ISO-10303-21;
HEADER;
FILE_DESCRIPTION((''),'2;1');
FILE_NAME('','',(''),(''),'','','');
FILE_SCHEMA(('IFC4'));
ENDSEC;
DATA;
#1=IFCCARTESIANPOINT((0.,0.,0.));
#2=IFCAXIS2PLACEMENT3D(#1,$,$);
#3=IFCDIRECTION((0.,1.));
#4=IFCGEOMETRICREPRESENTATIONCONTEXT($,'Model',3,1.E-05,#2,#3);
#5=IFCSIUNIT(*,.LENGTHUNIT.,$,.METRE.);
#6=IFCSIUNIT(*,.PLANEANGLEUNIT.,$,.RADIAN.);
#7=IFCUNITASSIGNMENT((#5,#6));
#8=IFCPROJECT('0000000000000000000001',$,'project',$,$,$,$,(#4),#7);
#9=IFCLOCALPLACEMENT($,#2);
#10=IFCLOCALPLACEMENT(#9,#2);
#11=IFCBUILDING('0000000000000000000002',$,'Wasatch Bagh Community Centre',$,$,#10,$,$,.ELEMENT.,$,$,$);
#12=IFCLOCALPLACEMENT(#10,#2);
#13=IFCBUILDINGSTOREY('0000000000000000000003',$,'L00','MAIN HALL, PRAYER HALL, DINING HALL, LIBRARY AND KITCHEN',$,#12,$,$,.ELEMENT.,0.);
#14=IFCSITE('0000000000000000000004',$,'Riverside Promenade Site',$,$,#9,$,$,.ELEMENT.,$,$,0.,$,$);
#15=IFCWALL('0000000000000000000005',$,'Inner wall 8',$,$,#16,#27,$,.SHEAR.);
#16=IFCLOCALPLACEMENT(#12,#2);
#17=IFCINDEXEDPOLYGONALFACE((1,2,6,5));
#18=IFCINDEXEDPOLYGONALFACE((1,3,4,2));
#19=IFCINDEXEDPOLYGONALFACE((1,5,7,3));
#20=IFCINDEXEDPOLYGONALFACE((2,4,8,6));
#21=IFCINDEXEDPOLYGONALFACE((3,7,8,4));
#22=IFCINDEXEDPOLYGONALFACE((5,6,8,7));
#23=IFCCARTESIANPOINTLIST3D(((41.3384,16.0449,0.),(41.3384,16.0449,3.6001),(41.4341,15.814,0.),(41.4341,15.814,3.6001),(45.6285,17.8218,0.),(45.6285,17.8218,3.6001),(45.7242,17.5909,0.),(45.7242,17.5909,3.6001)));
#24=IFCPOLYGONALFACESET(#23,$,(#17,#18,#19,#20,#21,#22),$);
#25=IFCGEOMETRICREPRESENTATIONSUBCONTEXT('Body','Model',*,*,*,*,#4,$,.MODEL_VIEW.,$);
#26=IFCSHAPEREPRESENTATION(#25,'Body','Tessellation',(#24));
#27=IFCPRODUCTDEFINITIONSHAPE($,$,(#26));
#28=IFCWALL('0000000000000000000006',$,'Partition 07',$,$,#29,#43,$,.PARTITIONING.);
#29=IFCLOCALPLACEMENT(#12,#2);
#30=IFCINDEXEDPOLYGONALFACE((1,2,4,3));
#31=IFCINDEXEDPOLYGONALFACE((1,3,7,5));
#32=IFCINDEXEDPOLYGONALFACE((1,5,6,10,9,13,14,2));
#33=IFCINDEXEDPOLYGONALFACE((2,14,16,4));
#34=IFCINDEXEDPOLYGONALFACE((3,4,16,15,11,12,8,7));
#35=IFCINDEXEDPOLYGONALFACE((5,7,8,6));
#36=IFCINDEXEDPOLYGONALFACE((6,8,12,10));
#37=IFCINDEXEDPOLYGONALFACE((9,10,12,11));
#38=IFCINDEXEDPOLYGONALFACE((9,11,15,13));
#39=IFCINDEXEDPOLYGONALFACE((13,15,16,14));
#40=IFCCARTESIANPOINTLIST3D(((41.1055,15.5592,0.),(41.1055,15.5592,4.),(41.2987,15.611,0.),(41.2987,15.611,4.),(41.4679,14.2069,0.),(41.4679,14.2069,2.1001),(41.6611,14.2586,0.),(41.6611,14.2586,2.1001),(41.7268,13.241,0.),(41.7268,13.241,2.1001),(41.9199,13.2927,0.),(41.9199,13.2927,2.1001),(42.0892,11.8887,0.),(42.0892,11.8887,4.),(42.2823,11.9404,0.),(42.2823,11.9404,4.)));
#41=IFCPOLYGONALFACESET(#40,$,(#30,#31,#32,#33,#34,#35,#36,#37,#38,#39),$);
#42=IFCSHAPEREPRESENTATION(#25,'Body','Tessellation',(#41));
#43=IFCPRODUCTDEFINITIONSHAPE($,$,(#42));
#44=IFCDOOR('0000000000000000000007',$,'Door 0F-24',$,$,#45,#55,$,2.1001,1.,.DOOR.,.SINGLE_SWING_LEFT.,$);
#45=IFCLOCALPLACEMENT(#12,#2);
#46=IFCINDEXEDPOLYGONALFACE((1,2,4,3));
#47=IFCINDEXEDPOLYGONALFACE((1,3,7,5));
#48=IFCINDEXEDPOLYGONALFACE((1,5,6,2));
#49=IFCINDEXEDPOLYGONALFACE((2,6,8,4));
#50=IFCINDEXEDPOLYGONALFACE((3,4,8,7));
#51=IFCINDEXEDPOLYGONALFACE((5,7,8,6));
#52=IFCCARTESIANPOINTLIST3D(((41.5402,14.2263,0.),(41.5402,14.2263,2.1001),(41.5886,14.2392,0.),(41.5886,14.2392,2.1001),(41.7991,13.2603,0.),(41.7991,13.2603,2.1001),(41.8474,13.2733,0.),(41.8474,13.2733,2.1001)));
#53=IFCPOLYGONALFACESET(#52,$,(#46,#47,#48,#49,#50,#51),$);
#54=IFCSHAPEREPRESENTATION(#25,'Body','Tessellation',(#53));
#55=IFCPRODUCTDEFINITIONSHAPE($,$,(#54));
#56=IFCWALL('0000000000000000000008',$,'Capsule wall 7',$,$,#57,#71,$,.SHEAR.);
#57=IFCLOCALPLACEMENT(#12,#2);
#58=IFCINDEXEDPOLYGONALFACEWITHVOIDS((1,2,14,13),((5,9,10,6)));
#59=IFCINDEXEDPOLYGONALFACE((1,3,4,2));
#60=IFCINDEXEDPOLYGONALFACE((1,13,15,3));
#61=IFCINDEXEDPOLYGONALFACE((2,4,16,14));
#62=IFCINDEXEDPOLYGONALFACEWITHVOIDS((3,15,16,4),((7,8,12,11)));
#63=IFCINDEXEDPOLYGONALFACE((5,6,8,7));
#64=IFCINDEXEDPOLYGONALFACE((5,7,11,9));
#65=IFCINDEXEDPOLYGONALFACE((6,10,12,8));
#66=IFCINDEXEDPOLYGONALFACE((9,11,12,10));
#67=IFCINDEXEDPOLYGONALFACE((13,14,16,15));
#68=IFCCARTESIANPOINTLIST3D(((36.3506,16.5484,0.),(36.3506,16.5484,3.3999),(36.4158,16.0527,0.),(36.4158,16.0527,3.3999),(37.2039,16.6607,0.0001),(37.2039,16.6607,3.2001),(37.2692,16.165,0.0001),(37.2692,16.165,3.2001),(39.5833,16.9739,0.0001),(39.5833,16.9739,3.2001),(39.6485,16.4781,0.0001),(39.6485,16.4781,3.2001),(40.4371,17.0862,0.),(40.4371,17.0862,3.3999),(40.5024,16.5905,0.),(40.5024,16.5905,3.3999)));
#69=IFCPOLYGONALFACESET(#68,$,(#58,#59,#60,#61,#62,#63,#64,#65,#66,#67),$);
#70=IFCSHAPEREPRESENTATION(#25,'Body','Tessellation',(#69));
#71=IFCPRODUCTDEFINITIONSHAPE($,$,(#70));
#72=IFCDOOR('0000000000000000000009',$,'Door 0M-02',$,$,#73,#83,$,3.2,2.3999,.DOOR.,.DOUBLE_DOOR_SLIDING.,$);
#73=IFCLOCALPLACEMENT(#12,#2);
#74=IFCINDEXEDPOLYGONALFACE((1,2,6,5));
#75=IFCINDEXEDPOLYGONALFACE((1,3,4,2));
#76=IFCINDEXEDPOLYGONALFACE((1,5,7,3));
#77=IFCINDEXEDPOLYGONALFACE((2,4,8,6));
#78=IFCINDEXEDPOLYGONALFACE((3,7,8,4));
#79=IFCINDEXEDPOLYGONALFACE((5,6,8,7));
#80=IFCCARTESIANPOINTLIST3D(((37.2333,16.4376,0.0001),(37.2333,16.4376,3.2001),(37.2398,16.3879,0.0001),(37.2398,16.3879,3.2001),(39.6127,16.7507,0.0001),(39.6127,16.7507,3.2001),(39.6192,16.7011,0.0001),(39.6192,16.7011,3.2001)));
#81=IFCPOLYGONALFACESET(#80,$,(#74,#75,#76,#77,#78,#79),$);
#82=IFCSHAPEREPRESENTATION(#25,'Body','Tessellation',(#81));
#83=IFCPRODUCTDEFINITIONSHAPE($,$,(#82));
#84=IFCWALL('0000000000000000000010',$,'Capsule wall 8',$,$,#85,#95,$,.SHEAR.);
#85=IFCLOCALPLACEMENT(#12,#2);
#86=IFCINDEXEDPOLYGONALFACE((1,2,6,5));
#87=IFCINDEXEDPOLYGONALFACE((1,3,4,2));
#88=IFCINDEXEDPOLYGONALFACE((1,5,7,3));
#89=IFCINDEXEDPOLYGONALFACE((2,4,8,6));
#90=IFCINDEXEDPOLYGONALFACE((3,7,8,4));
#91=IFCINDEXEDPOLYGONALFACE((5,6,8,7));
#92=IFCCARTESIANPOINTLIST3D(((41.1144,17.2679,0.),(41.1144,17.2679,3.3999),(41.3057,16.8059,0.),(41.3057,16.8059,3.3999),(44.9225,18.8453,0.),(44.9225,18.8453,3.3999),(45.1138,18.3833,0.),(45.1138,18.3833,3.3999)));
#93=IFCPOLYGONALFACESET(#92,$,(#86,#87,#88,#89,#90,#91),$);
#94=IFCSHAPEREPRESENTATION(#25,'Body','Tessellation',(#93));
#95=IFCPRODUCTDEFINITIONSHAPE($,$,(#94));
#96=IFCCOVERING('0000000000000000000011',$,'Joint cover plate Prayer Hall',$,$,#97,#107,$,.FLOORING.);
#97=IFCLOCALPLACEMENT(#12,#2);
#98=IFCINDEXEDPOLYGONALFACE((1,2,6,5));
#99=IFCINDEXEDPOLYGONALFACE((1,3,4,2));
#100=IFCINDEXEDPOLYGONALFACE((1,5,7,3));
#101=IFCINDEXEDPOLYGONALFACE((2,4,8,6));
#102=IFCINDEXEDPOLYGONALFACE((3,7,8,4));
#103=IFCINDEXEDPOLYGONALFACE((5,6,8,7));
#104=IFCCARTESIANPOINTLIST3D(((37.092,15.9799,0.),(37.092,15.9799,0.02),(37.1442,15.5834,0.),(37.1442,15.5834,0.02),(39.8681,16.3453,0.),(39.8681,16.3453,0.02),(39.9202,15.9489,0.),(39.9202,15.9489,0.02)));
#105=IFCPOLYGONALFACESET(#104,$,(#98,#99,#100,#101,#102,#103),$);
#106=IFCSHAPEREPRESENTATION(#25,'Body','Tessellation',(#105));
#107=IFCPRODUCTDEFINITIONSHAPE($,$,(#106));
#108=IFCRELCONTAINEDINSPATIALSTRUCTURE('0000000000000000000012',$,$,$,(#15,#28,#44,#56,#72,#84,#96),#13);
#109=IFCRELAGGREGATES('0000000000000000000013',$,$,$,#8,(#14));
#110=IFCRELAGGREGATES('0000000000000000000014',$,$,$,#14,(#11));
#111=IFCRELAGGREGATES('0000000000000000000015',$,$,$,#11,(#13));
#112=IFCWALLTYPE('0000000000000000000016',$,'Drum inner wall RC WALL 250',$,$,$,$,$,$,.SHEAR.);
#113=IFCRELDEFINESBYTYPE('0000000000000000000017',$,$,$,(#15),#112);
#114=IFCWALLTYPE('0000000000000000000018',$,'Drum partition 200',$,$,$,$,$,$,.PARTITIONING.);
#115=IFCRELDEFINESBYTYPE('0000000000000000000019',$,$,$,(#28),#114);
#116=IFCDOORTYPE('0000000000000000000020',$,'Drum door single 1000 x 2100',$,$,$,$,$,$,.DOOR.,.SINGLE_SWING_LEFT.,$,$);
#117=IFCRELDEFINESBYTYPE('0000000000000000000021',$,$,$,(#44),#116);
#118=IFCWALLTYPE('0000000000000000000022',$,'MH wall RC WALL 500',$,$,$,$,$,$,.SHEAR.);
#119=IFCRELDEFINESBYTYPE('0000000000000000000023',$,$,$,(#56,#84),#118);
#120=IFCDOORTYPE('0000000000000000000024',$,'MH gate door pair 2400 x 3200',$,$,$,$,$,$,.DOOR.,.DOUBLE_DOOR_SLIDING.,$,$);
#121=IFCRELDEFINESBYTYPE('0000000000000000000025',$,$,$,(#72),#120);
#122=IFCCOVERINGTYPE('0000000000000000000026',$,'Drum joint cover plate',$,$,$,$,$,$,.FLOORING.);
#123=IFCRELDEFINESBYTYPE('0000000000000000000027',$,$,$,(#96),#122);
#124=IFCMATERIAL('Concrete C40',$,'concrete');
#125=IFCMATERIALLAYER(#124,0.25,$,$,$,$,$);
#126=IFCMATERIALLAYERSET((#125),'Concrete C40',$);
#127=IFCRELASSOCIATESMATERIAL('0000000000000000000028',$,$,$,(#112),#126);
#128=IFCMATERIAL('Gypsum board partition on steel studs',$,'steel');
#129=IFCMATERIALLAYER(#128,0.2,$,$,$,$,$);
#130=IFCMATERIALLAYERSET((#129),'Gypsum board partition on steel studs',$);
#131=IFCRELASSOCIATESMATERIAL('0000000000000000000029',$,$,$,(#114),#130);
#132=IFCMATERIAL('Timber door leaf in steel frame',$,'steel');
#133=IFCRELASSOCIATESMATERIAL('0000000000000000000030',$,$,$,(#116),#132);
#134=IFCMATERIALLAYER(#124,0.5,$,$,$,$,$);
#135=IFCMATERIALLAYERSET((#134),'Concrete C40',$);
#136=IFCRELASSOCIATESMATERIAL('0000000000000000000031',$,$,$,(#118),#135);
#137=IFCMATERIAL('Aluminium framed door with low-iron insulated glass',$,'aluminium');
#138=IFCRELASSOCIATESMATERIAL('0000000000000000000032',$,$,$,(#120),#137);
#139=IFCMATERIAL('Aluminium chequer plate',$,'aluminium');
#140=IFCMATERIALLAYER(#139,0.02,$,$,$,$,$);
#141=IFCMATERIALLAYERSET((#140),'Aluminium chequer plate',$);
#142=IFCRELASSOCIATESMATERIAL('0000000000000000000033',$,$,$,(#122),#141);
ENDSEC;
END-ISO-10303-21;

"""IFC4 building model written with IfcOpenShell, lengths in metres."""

from ifc_helpers import new_model, si_unit, direction, frame, frame_2d, origin, origin_2d, place, context, subcontext, project, spatial, rectangle, extrude, material, layer, layer_set, type_object, element, fill, save


model = new_model("IFC4")

# Units and contexts
model_context = context("Model", 3, precision=1e-05, world=origin(), true_north=direction((0.0, 1.0)))
body_context = subcontext(model_context, "Body", "Model", "MODEL_VIEW")
ifc_project = project(units=[si_unit("LENGTHUNIT", "METRE"), si_unit("PLANEANGLEUNIT", "RADIAN")], contexts=[model_context])

# Site, building, storey
site_placement = place(None, origin())
site = spatial("IfcSite", under=ifc_project, at=site_placement, Name="Riverside Promenade Site", CompositionType="ELEMENT", RefElevation=0.0)
building_placement = place(site_placement, origin())
building = spatial("IfcBuilding", under=site, at=building_placement, Name="Wasatch Bagh Community Centre", CompositionType="ELEMENT")
storey_placement = place(building_placement, origin())
storey = spatial("IfcBuildingStorey", under=building, at=storey_placement, Name="L00", Description="MAIN HALL, PRAYER HALL, DINING HALL, LIBRARY AND KITCHEN", CompositionType="ELEMENT", Elevation=0.0)

# Shared definitions
ifc_material_1 = material(Name="Concrete C40", Category="concrete")

# Wall
ifc_layer_1 = layer(ifc_material_1, 0.25)
ifc_layer_set_1 = layer_set([ifc_layer_1], Name="Concrete C40")
wall_type_1 = type_object("IfcWallType", Name="Drum inner wall RC WALL 250", PredefinedType="SHEAR", material=ifc_layer_set_1)
wall_1_placement = place(storey_placement, frame((41.3862, 15.9294, 0.0), z_axis=(0.0, 0.0, 1.0), x_axis=(0.92389, 0.382658, 0.0)))
element("IfcWall", 1, at=wall_1_placement, inside=storey, type_object=wall_type_1, Name="Inner wall 8", PredefinedType="SHEAR", context=body_context, shape_type="SweptSolid", body=[
    extrude(rectangle(XDim=4.6436, YDim=0.25, at=frame_2d((2.3218, 0.0))), origin(), (0.0, 0.0, 1.0), 3.6001),
])

# Walls, openings, doors
ifc_material_2 = material(Name="Gypsum board partition on steel studs", Category="steel")
ifc_layer_2 = layer(ifc_material_2, 0.2)
ifc_layer_set_2 = layer_set([ifc_layer_2], Name="Gypsum board partition on steel studs")
wall_type_2 = type_object("IfcWallType", Name="Drum partition 200", PredefinedType="PARTITIONING", material=ifc_layer_set_2)
wall_2_placement = place(storey_placement, frame((41.2021, 15.585, 0.0), z_axis=(0.0, 0.0, 1.0), x_axis=(0.258842, -0.96592, 0.0)))
wall_2 = element("IfcWall", 2, at=wall_2_placement, inside=storey, type_object=wall_type_2, Name="Partition 07", PredefinedType="PARTITIONING", context=body_context, shape_type="SweptSolid", body=[
    extrude(rectangle(XDim=3.8, YDim=0.2, at=frame_2d((1.8999, 0.0))), origin(), (0.0, 0.0, 1.0), 4.0),
])
opening_1_placement = place(wall_2_placement, frame((1.3999, 0.0, 0.0)))
opening_1 = element("IfcOpeningElement", 3, at=opening_1_placement, cuts=wall_2, PredefinedType="OPENING", context=body_context, shape_type="SweptSolid", body=[
    extrude(rectangle(XDim=1.0, YDim=2.1001, at=frame_2d((0.5, 1.05))), frame((0.0, 0.1099, 0.0), z_axis=(0.0, -1.0, 0.0), x_axis=(1.0, 0.0, 0.0)), (0.0, 0.0, 1.0), 0.22),
])
ifc_material_3 = material(Name="Timber door leaf in steel frame", Category="steel")
door_type_1 = type_object("IfcDoorType", Name="Drum door single 1000 x 2100", OperationType="SINGLE_SWING_LEFT", PredefinedType="DOOR", material=ifc_material_3)
door_1_placement = place(opening_1_placement, origin())
door_1 = element("IfcDoor", 4, at=door_1_placement, inside=storey, type_object=door_type_1, Name="Door 0F-24", OperationType="SINGLE_SWING_LEFT", OverallHeight=2.1001, OverallWidth=1.0, PredefinedType="DOOR", context=body_context, shape_type="SweptSolid", body=[
    extrude(rectangle(XDim=1.0, YDim=2.1001, at=frame_2d((0.5, 1.05))), frame((0.0, 0.0249, 0.0), z_axis=(0.0, -1.0, 0.0), x_axis=(1.0, 0.0, 0.0)), (0.0, 0.0, 1.0), 0.05),
])
fill(opening_1, door_1)
ifc_layer_3 = layer(ifc_material_1, 0.5)
ifc_layer_set_3 = layer_set([ifc_layer_3], Name="Concrete C40")
wall_type_3 = type_object("IfcWallType", Name="MH wall RC WALL 500", PredefinedType="SHEAR", material=ifc_layer_set_3)
wall_3_placement = place(storey_placement, frame((36.3831, 16.3005, 0.0), z_axis=(0.0, 0.0, 1.0), x_axis=(0.99145, 0.130484, 0.0)))
wall_3 = element("IfcWall", 5, at=wall_3_placement, inside=storey, type_object=wall_type_3, Name="Capsule wall 7", PredefinedType="SHEAR", context=body_context, shape_type="SweptSolid", body=[
    extrude(rectangle(XDim=4.1218, YDim=0.5, at=frame_2d((2.061, 0.0))), origin(), (0.0, 0.0, 1.0), 3.3999),
])
opening_2_placement = place(wall_3_placement, frame((0.8608, 0.0, 0.0)))
opening_2 = element("IfcOpeningElement", 6, at=opening_2_placement, cuts=wall_3, PredefinedType="OPENING", context=body_context, shape_type="SweptSolid", body=[
    extrude(rectangle(XDim=2.3999, YDim=3.2, at=frame_2d((1.2, 1.6001))), frame((0.0, 0.26, 0.0), z_axis=(0.0, -1.0, 0.0), x_axis=(1.0, 0.0, 0.0)), (0.0, 0.0, 1.0), 0.52),
])
ifc_material_4 = material(Name="Aluminium framed door with low-iron insulated glass", Category="aluminium")
door_type_2 = type_object("IfcDoorType", Name="MH gate door pair 2400 x 3200", OperationType="DOUBLE_DOOR_SLIDING", PredefinedType="DOOR", material=ifc_material_4)
door_2_placement = place(opening_2_placement, origin())
door_2 = element("IfcDoor", 7, at=door_2_placement, inside=storey, type_object=door_type_2, Name="Door 0M-02", OperationType="DOUBLE_DOOR_SLIDING", OverallHeight=3.2, OverallWidth=2.3999, PredefinedType="DOOR", context=body_context, shape_type="SweptSolid", body=[
    extrude(rectangle(XDim=2.3999, YDim=3.2, at=frame_2d((1.2, 1.6001))), frame((0.0, 0.0249, 0.0), z_axis=(0.0, -1.0, 0.0), x_axis=(1.0, 0.0, 0.0)), (0.0, 0.0, 1.0), 0.05),
])
fill(opening_2, door_2)

# Wall
wall_4_placement = place(storey_placement, frame((41.21, 17.0369, 0.0), z_axis=(0.0, 0.0, 1.0), x_axis=(0.923878, 0.382688, 0.0)))
element("IfcWall", 8, at=wall_4_placement, inside=storey, type_object=wall_type_3, Name="Capsule wall 8", PredefinedType="SHEAR", context=body_context, shape_type="SweptSolid", body=[
    extrude(rectangle(XDim=4.1218, YDim=0.5, at=frame_2d((2.061, 0.0))), origin(), (0.0, 0.0, 1.0), 3.3999),
])

# Covering
ifc_material_5 = material(Name="Aluminium chequer plate", Category="aluminium")
ifc_layer_4 = layer(ifc_material_5, 0.02)
ifc_layer_set_4 = layer_set([ifc_layer_4], Name="Aluminium chequer plate")
covering_type = type_object("IfcCoveringType", Name="Drum joint cover plate", PredefinedType="FLOORING", material=ifc_layer_set_4)
covering_placement = place(storey_placement, frame((38.5061, 15.9644, 0.0), z_axis=(0.0, 0.0, 1.0), x_axis=(0.130526, -0.991445, 0.0)))
element("IfcCovering", 9, at=covering_placement, inside=storey, type_object=covering_type, Name="Joint cover plate Prayer Hall", PredefinedType="FLOORING", context=body_context, shape_type="SweptSolid", body=[
    extrude(rectangle(XDim=0.3999, YDim=2.8, at=origin_2d()), origin(), (0.0, 0.0, 1.0), 0.02),
])

save(model, "model.ifc")
